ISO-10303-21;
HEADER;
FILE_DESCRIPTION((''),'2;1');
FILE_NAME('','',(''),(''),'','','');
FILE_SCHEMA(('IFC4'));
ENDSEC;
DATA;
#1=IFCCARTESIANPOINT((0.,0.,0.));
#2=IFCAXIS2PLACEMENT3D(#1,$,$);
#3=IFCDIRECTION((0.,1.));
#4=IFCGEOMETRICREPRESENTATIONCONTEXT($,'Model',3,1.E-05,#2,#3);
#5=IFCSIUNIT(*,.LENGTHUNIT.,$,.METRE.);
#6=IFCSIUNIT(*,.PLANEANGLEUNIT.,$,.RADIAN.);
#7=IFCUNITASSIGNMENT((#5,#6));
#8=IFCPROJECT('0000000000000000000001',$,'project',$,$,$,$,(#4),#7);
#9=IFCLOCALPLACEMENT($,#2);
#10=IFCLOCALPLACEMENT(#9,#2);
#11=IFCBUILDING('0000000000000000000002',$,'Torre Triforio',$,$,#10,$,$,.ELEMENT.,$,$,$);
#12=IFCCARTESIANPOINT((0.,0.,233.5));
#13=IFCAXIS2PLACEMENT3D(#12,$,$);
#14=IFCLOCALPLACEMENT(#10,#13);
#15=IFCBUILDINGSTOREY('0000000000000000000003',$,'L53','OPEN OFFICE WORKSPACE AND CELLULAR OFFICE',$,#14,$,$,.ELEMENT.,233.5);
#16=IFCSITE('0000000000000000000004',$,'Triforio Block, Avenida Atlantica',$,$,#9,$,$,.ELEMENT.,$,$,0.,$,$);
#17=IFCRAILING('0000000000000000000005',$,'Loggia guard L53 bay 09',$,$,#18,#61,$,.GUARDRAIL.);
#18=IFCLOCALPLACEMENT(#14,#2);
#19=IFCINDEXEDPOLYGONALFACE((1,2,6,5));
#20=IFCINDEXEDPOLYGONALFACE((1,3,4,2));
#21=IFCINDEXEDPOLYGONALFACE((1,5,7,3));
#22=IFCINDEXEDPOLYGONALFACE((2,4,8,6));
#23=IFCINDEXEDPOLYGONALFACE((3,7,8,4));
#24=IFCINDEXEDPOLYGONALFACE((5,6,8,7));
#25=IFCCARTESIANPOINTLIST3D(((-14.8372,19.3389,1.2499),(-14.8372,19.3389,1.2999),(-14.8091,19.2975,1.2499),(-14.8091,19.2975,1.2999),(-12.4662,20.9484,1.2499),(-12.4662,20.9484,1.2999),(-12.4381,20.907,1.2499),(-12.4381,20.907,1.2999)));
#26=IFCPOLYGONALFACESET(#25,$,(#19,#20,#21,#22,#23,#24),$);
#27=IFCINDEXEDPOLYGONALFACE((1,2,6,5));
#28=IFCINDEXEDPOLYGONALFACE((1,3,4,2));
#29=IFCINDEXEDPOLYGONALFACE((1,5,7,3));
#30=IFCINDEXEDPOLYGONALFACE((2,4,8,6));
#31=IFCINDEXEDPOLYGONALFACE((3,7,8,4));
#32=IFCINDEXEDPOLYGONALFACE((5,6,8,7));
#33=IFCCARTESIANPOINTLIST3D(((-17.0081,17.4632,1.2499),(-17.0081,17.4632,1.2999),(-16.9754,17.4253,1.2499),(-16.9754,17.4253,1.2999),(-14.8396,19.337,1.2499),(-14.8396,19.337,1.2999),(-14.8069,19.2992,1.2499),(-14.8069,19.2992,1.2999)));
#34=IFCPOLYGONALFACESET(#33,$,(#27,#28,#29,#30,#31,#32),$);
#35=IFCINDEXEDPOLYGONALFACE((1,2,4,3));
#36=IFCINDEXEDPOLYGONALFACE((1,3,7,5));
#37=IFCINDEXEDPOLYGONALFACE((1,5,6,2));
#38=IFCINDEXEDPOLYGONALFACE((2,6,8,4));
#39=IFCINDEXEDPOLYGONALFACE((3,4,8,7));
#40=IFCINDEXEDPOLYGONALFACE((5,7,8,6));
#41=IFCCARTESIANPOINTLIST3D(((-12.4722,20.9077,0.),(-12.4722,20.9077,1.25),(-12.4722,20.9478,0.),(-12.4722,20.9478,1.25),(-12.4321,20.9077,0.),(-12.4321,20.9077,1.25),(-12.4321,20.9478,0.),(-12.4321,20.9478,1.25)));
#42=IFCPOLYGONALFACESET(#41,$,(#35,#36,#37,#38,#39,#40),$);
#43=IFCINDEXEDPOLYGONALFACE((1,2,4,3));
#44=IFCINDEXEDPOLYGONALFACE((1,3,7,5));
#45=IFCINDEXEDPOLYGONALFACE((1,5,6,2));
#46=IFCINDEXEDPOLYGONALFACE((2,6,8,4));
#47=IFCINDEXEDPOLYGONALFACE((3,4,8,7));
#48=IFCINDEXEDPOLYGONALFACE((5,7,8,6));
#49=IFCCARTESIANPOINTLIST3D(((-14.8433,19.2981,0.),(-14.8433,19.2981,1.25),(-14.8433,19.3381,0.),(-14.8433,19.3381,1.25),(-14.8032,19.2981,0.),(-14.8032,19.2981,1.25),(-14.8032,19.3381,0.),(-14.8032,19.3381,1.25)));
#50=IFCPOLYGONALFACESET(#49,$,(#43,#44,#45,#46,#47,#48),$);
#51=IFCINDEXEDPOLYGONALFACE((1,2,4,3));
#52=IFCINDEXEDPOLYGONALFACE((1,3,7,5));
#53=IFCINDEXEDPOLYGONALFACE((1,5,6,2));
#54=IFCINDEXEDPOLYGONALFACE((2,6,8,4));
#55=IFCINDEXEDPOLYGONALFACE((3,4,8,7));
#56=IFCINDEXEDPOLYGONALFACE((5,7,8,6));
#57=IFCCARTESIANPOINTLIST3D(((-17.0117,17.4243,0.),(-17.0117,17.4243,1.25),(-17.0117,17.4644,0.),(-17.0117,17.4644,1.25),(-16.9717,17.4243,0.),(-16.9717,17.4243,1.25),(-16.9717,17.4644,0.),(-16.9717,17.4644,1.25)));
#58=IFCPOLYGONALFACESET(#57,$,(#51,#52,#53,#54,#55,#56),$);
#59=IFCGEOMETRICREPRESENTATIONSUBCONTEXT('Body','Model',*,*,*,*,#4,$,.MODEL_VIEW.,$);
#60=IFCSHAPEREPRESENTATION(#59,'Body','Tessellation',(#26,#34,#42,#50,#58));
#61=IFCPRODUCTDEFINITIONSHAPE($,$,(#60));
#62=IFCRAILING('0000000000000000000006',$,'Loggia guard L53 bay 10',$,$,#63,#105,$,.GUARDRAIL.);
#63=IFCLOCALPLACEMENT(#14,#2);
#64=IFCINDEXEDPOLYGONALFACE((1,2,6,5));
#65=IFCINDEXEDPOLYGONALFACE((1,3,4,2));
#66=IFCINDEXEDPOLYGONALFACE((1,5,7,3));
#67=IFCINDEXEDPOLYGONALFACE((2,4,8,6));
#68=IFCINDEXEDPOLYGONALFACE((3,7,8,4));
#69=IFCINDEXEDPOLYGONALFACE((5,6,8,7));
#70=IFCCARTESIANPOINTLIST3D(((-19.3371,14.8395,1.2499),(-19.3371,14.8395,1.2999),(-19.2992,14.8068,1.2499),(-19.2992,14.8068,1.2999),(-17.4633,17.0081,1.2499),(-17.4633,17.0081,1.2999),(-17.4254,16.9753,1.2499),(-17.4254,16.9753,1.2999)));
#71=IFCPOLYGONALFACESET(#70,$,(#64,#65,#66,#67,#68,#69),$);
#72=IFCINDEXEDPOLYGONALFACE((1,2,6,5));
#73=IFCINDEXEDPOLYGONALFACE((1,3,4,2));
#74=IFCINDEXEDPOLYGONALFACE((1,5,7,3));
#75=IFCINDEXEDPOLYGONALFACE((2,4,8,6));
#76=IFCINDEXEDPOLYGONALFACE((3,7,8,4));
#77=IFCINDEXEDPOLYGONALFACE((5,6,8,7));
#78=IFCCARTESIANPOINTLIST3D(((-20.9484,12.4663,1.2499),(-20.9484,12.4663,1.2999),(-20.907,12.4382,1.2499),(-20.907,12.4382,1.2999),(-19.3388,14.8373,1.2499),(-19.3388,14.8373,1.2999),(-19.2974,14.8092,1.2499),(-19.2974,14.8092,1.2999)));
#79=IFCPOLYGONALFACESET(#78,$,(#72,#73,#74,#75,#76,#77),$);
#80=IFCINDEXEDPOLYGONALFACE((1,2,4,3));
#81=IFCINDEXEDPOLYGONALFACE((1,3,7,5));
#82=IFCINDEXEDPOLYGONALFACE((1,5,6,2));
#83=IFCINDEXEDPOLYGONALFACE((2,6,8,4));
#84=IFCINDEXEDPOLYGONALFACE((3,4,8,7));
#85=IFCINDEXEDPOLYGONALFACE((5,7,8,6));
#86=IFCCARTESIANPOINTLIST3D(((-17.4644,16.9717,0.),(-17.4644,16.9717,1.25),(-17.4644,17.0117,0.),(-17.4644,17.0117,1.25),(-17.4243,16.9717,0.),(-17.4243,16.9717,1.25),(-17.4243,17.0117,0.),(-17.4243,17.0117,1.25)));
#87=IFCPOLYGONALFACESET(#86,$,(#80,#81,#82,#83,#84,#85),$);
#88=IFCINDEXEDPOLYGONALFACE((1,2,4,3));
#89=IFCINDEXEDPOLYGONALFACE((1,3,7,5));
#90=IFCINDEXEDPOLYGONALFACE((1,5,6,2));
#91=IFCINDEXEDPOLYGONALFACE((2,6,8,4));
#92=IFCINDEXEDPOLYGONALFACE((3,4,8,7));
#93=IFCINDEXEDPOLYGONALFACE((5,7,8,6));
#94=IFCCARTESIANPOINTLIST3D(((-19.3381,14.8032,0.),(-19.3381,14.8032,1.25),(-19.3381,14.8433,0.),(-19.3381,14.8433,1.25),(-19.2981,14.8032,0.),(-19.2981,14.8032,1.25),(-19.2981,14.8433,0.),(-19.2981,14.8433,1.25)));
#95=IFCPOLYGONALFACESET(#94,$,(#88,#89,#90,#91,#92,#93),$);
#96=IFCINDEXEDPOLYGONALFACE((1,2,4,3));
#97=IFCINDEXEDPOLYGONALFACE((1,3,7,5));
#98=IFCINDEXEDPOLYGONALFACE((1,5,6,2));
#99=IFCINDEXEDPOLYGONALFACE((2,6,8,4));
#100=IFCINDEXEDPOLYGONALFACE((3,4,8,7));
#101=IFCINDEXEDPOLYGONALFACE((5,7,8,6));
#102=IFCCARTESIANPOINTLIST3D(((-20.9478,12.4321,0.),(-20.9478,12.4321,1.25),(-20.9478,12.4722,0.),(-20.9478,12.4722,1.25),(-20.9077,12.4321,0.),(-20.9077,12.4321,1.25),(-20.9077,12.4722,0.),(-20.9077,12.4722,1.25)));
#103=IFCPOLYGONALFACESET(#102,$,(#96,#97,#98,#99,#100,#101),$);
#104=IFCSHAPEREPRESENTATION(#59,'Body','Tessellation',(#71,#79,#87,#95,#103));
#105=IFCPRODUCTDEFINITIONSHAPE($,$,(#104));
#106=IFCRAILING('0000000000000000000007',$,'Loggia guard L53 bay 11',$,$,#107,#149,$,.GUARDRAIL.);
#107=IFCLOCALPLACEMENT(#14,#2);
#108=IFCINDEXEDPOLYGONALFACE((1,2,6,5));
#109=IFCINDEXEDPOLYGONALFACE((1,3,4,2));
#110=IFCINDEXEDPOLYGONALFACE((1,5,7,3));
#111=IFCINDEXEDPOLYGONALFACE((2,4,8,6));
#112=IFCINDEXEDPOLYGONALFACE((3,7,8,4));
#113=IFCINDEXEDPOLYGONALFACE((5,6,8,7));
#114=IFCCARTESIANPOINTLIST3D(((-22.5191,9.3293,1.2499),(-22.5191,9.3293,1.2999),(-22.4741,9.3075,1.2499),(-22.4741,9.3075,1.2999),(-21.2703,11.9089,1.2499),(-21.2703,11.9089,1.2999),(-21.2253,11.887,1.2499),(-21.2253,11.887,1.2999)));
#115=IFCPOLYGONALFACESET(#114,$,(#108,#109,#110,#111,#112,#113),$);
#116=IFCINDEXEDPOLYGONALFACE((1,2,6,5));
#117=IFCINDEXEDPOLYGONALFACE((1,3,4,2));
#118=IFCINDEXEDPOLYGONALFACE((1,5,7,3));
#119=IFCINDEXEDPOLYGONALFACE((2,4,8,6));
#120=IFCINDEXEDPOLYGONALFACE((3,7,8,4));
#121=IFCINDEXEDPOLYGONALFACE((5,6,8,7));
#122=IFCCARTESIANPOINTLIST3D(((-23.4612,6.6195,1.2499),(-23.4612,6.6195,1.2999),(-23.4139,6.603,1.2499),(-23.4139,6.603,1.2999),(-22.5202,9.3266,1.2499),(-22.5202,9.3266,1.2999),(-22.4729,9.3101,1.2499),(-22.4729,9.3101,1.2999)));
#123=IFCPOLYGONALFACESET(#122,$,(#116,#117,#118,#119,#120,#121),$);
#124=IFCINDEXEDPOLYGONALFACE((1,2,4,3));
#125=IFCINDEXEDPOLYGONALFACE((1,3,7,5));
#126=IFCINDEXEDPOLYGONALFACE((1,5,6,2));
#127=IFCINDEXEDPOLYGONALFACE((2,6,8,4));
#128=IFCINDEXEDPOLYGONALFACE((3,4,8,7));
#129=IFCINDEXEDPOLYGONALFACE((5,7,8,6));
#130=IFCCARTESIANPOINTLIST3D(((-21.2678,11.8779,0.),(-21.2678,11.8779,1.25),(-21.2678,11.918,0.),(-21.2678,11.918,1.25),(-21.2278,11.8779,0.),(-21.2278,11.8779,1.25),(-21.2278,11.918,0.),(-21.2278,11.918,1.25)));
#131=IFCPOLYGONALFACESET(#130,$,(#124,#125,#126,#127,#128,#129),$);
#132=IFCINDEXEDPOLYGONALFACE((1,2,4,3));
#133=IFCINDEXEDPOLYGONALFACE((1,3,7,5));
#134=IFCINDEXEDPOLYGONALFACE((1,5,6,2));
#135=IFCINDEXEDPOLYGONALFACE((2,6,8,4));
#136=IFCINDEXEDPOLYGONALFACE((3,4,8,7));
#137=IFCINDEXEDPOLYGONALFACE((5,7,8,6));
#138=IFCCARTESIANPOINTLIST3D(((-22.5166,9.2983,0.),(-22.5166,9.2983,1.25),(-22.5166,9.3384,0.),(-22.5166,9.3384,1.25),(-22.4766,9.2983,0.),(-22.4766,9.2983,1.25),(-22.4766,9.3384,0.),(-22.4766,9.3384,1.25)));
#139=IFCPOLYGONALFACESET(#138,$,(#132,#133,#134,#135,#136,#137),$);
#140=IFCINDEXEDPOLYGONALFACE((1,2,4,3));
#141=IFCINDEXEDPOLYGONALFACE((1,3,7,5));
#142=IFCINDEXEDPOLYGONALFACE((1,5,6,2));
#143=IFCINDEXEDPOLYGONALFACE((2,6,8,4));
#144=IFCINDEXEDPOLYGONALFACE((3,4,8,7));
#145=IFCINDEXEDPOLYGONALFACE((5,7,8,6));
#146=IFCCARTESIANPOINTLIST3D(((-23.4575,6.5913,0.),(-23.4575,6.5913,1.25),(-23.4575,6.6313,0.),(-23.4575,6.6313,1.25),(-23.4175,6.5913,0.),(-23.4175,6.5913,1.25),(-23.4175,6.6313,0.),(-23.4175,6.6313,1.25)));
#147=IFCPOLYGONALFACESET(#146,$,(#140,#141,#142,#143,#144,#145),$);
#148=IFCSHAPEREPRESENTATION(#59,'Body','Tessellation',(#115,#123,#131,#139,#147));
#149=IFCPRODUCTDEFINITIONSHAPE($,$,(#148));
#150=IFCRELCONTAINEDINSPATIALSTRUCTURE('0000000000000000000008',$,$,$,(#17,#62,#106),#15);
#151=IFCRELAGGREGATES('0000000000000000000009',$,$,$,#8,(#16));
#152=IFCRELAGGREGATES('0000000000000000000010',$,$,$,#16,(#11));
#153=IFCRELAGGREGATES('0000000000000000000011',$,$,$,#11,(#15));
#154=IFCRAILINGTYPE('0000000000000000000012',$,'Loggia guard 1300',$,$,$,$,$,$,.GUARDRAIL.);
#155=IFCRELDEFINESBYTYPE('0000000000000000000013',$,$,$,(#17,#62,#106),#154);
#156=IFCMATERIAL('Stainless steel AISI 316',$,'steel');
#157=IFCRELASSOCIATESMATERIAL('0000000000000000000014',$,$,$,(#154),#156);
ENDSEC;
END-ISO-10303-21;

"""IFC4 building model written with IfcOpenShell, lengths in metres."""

from ifc_helpers import new_model, si_unit, direction, frame, origin, origin_2d, place, context, subcontext, project, spatial, rectangle, extrude, material, type_object, element, save


model = new_model("IFC4")

# Units and contexts
model_context = context("Model", 3, precision=1e-05, world=origin(), true_north=direction((0.0, 1.0)))
body_context = subcontext(model_context, "Body", "Model", "MODEL_VIEW")
ifc_project = project(units=[si_unit("LENGTHUNIT", "METRE"), si_unit("PLANEANGLEUNIT", "RADIAN")], contexts=[model_context])

# Site, building, storey
site_placement = place(None, origin())
site = spatial("IfcSite", under=ifc_project, at=site_placement, Name="Triforio Block, Avenida Atlantica", CompositionType="ELEMENT", RefElevation=0.0)
building_placement = place(site_placement, origin())
building = spatial("IfcBuilding", under=site, at=building_placement, Name="Torre Triforio", CompositionType="ELEMENT")
storey_placement = place(building_placement, frame((0.0, 0.0, 233.5)))
storey = spatial("IfcBuildingStorey", under=building, at=storey_placement, Name="L53", Description="OPEN OFFICE WORKSPACE AND CELLULAR OFFICE", CompositionType="ELEMENT", Elevation=233.5)

# Railings
ifc_material_1 = material(Name="Stainless steel AISI 316", Category="steel")
railing_type = type_object("IfcRailingType", Name="Loggia guard 1300", PredefinedType="GUARDRAIL", material=ifc_material_1)
railing_1_placement = place(storey_placement, frame((-12.4521, 20.9277, 0.0)))
element("IfcRailing", 1, at=railing_1_placement, inside=storey, type_object=railing_type, Name="Loggia guard L53 bay 09", PredefinedType="GUARDRAIL", context=body_context, shape_type="SweptSolid", body=[
    extrude(rectangle(XDim=0.05, YDim=0.05, at=origin_2d()), frame((0.0, 0.0, 1.2749), z_axis=(-0.827368, -0.56166, 0.0), x_axis=(0.56166, -0.827368, 0.0)), (0.0, 0.0, 1.0), 2.8657),
    extrude(rectangle(XDim=0.05, YDim=0.05, at=origin_2d()), frame((-2.3711, -1.6096, 1.2749), z_axis=(-0.756647, -0.653824, 0.0), x_axis=(0.653824, -0.756647, 0.0)), (0.0, 0.0, 1.0), 2.866),
    extrude(rectangle(XDim=0.04, YDim=0.04, at=origin_2d()), origin(), (0.0, 0.0, 1.0), 1.25),
    extrude(rectangle(XDim=0.04, YDim=0.04, at=origin_2d()), frame((-2.3711, -1.6096, 0.0)), (0.0, 0.0, 1.0), 1.25),
    extrude(rectangle(XDim=0.04, YDim=0.04, at=origin_2d()), frame((-4.5396, -3.4834, 0.0)), (0.0, 0.0, 1.0), 1.25),
])
railing_2_placement = place(storey_placement, frame((-17.4443, 16.9917, 0.0)))
element("IfcRailing", 2, at=railing_2_placement, inside=storey, type_object=railing_type, Name="Loggia guard L53 bay 10", PredefinedType="GUARDRAIL", context=body_context, shape_type="SweptSolid", body=[
    extrude(rectangle(XDim=0.05, YDim=0.05, at=origin_2d()), frame((0.0, 0.0, 1.2749), z_axis=(-0.653824, -0.756647, 0.0), x_axis=(0.756647, -0.653824, 0.0)), (0.0, 0.0, 1.0), 2.866),
    extrude(rectangle(XDim=0.05, YDim=0.05, at=origin_2d()), frame((-1.8738, -2.1685, 1.2749), z_axis=(-0.56166, -0.827368, 0.0), x_axis=(0.827368, -0.56166, 0.0)), (0.0, 0.0, 1.0), 2.8657),
    extrude(rectangle(XDim=0.04, YDim=0.04, at=origin_2d()), origin(), (0.0, 0.0, 1.0), 1.25),
    extrude(rectangle(XDim=0.04, YDim=0.04, at=origin_2d()), frame((-1.8738, -2.1685, 0.0)), (0.0, 0.0, 1.0), 1.25),
    extrude(rectangle(XDim=0.04, YDim=0.04, at=origin_2d()), frame((-3.4834, -4.5396, 0.0)), (0.0, 0.0, 1.0), 1.25),
])
railing_3_placement = place(storey_placement, frame((-21.2478, 11.8979, 0.0)))
element("IfcRailing", 3, at=railing_3_placement, inside=storey, type_object=railing_type, Name="Loggia guard L53 bay 11", PredefinedType="GUARDRAIL", context=body_context, shape_type="SweptSolid", body=[
    extrude(rectangle(XDim=0.05, YDim=0.05, at=origin_2d()), frame((0.0, 0.0, 1.2749), z_axis=(-0.435728, -0.900078, 0.0), x_axis=(0.900078, -0.435728, 0.0)), (0.0, 0.0, 1.0), 2.866),
    extrude(rectangle(XDim=0.05, YDim=0.05, at=origin_2d()), frame((-1.2488, -2.5796, 1.2749), z_axis=(-0.328316, -0.944568, 0.0), x_axis=(0.944568, -0.328316, 0.0)), (0.0, 0.0, 1.0), 2.866),
    extrude(rectangle(XDim=0.04, YDim=0.04, at=origin_2d()), origin(), (0.0, 0.0, 1.0), 1.25),
    extrude(rectangle(XDim=0.04, YDim=0.04, at=origin_2d()), frame((-1.2488, -2.5796, 0.0)), (0.0, 0.0, 1.0), 1.25),
    extrude(rectangle(XDim=0.04, YDim=0.04, at=origin_2d()), frame((-2.1897, -5.2866, 0.0)), (0.0, 0.0, 1.0), 1.25),
])

save(model, "model.ifc")
